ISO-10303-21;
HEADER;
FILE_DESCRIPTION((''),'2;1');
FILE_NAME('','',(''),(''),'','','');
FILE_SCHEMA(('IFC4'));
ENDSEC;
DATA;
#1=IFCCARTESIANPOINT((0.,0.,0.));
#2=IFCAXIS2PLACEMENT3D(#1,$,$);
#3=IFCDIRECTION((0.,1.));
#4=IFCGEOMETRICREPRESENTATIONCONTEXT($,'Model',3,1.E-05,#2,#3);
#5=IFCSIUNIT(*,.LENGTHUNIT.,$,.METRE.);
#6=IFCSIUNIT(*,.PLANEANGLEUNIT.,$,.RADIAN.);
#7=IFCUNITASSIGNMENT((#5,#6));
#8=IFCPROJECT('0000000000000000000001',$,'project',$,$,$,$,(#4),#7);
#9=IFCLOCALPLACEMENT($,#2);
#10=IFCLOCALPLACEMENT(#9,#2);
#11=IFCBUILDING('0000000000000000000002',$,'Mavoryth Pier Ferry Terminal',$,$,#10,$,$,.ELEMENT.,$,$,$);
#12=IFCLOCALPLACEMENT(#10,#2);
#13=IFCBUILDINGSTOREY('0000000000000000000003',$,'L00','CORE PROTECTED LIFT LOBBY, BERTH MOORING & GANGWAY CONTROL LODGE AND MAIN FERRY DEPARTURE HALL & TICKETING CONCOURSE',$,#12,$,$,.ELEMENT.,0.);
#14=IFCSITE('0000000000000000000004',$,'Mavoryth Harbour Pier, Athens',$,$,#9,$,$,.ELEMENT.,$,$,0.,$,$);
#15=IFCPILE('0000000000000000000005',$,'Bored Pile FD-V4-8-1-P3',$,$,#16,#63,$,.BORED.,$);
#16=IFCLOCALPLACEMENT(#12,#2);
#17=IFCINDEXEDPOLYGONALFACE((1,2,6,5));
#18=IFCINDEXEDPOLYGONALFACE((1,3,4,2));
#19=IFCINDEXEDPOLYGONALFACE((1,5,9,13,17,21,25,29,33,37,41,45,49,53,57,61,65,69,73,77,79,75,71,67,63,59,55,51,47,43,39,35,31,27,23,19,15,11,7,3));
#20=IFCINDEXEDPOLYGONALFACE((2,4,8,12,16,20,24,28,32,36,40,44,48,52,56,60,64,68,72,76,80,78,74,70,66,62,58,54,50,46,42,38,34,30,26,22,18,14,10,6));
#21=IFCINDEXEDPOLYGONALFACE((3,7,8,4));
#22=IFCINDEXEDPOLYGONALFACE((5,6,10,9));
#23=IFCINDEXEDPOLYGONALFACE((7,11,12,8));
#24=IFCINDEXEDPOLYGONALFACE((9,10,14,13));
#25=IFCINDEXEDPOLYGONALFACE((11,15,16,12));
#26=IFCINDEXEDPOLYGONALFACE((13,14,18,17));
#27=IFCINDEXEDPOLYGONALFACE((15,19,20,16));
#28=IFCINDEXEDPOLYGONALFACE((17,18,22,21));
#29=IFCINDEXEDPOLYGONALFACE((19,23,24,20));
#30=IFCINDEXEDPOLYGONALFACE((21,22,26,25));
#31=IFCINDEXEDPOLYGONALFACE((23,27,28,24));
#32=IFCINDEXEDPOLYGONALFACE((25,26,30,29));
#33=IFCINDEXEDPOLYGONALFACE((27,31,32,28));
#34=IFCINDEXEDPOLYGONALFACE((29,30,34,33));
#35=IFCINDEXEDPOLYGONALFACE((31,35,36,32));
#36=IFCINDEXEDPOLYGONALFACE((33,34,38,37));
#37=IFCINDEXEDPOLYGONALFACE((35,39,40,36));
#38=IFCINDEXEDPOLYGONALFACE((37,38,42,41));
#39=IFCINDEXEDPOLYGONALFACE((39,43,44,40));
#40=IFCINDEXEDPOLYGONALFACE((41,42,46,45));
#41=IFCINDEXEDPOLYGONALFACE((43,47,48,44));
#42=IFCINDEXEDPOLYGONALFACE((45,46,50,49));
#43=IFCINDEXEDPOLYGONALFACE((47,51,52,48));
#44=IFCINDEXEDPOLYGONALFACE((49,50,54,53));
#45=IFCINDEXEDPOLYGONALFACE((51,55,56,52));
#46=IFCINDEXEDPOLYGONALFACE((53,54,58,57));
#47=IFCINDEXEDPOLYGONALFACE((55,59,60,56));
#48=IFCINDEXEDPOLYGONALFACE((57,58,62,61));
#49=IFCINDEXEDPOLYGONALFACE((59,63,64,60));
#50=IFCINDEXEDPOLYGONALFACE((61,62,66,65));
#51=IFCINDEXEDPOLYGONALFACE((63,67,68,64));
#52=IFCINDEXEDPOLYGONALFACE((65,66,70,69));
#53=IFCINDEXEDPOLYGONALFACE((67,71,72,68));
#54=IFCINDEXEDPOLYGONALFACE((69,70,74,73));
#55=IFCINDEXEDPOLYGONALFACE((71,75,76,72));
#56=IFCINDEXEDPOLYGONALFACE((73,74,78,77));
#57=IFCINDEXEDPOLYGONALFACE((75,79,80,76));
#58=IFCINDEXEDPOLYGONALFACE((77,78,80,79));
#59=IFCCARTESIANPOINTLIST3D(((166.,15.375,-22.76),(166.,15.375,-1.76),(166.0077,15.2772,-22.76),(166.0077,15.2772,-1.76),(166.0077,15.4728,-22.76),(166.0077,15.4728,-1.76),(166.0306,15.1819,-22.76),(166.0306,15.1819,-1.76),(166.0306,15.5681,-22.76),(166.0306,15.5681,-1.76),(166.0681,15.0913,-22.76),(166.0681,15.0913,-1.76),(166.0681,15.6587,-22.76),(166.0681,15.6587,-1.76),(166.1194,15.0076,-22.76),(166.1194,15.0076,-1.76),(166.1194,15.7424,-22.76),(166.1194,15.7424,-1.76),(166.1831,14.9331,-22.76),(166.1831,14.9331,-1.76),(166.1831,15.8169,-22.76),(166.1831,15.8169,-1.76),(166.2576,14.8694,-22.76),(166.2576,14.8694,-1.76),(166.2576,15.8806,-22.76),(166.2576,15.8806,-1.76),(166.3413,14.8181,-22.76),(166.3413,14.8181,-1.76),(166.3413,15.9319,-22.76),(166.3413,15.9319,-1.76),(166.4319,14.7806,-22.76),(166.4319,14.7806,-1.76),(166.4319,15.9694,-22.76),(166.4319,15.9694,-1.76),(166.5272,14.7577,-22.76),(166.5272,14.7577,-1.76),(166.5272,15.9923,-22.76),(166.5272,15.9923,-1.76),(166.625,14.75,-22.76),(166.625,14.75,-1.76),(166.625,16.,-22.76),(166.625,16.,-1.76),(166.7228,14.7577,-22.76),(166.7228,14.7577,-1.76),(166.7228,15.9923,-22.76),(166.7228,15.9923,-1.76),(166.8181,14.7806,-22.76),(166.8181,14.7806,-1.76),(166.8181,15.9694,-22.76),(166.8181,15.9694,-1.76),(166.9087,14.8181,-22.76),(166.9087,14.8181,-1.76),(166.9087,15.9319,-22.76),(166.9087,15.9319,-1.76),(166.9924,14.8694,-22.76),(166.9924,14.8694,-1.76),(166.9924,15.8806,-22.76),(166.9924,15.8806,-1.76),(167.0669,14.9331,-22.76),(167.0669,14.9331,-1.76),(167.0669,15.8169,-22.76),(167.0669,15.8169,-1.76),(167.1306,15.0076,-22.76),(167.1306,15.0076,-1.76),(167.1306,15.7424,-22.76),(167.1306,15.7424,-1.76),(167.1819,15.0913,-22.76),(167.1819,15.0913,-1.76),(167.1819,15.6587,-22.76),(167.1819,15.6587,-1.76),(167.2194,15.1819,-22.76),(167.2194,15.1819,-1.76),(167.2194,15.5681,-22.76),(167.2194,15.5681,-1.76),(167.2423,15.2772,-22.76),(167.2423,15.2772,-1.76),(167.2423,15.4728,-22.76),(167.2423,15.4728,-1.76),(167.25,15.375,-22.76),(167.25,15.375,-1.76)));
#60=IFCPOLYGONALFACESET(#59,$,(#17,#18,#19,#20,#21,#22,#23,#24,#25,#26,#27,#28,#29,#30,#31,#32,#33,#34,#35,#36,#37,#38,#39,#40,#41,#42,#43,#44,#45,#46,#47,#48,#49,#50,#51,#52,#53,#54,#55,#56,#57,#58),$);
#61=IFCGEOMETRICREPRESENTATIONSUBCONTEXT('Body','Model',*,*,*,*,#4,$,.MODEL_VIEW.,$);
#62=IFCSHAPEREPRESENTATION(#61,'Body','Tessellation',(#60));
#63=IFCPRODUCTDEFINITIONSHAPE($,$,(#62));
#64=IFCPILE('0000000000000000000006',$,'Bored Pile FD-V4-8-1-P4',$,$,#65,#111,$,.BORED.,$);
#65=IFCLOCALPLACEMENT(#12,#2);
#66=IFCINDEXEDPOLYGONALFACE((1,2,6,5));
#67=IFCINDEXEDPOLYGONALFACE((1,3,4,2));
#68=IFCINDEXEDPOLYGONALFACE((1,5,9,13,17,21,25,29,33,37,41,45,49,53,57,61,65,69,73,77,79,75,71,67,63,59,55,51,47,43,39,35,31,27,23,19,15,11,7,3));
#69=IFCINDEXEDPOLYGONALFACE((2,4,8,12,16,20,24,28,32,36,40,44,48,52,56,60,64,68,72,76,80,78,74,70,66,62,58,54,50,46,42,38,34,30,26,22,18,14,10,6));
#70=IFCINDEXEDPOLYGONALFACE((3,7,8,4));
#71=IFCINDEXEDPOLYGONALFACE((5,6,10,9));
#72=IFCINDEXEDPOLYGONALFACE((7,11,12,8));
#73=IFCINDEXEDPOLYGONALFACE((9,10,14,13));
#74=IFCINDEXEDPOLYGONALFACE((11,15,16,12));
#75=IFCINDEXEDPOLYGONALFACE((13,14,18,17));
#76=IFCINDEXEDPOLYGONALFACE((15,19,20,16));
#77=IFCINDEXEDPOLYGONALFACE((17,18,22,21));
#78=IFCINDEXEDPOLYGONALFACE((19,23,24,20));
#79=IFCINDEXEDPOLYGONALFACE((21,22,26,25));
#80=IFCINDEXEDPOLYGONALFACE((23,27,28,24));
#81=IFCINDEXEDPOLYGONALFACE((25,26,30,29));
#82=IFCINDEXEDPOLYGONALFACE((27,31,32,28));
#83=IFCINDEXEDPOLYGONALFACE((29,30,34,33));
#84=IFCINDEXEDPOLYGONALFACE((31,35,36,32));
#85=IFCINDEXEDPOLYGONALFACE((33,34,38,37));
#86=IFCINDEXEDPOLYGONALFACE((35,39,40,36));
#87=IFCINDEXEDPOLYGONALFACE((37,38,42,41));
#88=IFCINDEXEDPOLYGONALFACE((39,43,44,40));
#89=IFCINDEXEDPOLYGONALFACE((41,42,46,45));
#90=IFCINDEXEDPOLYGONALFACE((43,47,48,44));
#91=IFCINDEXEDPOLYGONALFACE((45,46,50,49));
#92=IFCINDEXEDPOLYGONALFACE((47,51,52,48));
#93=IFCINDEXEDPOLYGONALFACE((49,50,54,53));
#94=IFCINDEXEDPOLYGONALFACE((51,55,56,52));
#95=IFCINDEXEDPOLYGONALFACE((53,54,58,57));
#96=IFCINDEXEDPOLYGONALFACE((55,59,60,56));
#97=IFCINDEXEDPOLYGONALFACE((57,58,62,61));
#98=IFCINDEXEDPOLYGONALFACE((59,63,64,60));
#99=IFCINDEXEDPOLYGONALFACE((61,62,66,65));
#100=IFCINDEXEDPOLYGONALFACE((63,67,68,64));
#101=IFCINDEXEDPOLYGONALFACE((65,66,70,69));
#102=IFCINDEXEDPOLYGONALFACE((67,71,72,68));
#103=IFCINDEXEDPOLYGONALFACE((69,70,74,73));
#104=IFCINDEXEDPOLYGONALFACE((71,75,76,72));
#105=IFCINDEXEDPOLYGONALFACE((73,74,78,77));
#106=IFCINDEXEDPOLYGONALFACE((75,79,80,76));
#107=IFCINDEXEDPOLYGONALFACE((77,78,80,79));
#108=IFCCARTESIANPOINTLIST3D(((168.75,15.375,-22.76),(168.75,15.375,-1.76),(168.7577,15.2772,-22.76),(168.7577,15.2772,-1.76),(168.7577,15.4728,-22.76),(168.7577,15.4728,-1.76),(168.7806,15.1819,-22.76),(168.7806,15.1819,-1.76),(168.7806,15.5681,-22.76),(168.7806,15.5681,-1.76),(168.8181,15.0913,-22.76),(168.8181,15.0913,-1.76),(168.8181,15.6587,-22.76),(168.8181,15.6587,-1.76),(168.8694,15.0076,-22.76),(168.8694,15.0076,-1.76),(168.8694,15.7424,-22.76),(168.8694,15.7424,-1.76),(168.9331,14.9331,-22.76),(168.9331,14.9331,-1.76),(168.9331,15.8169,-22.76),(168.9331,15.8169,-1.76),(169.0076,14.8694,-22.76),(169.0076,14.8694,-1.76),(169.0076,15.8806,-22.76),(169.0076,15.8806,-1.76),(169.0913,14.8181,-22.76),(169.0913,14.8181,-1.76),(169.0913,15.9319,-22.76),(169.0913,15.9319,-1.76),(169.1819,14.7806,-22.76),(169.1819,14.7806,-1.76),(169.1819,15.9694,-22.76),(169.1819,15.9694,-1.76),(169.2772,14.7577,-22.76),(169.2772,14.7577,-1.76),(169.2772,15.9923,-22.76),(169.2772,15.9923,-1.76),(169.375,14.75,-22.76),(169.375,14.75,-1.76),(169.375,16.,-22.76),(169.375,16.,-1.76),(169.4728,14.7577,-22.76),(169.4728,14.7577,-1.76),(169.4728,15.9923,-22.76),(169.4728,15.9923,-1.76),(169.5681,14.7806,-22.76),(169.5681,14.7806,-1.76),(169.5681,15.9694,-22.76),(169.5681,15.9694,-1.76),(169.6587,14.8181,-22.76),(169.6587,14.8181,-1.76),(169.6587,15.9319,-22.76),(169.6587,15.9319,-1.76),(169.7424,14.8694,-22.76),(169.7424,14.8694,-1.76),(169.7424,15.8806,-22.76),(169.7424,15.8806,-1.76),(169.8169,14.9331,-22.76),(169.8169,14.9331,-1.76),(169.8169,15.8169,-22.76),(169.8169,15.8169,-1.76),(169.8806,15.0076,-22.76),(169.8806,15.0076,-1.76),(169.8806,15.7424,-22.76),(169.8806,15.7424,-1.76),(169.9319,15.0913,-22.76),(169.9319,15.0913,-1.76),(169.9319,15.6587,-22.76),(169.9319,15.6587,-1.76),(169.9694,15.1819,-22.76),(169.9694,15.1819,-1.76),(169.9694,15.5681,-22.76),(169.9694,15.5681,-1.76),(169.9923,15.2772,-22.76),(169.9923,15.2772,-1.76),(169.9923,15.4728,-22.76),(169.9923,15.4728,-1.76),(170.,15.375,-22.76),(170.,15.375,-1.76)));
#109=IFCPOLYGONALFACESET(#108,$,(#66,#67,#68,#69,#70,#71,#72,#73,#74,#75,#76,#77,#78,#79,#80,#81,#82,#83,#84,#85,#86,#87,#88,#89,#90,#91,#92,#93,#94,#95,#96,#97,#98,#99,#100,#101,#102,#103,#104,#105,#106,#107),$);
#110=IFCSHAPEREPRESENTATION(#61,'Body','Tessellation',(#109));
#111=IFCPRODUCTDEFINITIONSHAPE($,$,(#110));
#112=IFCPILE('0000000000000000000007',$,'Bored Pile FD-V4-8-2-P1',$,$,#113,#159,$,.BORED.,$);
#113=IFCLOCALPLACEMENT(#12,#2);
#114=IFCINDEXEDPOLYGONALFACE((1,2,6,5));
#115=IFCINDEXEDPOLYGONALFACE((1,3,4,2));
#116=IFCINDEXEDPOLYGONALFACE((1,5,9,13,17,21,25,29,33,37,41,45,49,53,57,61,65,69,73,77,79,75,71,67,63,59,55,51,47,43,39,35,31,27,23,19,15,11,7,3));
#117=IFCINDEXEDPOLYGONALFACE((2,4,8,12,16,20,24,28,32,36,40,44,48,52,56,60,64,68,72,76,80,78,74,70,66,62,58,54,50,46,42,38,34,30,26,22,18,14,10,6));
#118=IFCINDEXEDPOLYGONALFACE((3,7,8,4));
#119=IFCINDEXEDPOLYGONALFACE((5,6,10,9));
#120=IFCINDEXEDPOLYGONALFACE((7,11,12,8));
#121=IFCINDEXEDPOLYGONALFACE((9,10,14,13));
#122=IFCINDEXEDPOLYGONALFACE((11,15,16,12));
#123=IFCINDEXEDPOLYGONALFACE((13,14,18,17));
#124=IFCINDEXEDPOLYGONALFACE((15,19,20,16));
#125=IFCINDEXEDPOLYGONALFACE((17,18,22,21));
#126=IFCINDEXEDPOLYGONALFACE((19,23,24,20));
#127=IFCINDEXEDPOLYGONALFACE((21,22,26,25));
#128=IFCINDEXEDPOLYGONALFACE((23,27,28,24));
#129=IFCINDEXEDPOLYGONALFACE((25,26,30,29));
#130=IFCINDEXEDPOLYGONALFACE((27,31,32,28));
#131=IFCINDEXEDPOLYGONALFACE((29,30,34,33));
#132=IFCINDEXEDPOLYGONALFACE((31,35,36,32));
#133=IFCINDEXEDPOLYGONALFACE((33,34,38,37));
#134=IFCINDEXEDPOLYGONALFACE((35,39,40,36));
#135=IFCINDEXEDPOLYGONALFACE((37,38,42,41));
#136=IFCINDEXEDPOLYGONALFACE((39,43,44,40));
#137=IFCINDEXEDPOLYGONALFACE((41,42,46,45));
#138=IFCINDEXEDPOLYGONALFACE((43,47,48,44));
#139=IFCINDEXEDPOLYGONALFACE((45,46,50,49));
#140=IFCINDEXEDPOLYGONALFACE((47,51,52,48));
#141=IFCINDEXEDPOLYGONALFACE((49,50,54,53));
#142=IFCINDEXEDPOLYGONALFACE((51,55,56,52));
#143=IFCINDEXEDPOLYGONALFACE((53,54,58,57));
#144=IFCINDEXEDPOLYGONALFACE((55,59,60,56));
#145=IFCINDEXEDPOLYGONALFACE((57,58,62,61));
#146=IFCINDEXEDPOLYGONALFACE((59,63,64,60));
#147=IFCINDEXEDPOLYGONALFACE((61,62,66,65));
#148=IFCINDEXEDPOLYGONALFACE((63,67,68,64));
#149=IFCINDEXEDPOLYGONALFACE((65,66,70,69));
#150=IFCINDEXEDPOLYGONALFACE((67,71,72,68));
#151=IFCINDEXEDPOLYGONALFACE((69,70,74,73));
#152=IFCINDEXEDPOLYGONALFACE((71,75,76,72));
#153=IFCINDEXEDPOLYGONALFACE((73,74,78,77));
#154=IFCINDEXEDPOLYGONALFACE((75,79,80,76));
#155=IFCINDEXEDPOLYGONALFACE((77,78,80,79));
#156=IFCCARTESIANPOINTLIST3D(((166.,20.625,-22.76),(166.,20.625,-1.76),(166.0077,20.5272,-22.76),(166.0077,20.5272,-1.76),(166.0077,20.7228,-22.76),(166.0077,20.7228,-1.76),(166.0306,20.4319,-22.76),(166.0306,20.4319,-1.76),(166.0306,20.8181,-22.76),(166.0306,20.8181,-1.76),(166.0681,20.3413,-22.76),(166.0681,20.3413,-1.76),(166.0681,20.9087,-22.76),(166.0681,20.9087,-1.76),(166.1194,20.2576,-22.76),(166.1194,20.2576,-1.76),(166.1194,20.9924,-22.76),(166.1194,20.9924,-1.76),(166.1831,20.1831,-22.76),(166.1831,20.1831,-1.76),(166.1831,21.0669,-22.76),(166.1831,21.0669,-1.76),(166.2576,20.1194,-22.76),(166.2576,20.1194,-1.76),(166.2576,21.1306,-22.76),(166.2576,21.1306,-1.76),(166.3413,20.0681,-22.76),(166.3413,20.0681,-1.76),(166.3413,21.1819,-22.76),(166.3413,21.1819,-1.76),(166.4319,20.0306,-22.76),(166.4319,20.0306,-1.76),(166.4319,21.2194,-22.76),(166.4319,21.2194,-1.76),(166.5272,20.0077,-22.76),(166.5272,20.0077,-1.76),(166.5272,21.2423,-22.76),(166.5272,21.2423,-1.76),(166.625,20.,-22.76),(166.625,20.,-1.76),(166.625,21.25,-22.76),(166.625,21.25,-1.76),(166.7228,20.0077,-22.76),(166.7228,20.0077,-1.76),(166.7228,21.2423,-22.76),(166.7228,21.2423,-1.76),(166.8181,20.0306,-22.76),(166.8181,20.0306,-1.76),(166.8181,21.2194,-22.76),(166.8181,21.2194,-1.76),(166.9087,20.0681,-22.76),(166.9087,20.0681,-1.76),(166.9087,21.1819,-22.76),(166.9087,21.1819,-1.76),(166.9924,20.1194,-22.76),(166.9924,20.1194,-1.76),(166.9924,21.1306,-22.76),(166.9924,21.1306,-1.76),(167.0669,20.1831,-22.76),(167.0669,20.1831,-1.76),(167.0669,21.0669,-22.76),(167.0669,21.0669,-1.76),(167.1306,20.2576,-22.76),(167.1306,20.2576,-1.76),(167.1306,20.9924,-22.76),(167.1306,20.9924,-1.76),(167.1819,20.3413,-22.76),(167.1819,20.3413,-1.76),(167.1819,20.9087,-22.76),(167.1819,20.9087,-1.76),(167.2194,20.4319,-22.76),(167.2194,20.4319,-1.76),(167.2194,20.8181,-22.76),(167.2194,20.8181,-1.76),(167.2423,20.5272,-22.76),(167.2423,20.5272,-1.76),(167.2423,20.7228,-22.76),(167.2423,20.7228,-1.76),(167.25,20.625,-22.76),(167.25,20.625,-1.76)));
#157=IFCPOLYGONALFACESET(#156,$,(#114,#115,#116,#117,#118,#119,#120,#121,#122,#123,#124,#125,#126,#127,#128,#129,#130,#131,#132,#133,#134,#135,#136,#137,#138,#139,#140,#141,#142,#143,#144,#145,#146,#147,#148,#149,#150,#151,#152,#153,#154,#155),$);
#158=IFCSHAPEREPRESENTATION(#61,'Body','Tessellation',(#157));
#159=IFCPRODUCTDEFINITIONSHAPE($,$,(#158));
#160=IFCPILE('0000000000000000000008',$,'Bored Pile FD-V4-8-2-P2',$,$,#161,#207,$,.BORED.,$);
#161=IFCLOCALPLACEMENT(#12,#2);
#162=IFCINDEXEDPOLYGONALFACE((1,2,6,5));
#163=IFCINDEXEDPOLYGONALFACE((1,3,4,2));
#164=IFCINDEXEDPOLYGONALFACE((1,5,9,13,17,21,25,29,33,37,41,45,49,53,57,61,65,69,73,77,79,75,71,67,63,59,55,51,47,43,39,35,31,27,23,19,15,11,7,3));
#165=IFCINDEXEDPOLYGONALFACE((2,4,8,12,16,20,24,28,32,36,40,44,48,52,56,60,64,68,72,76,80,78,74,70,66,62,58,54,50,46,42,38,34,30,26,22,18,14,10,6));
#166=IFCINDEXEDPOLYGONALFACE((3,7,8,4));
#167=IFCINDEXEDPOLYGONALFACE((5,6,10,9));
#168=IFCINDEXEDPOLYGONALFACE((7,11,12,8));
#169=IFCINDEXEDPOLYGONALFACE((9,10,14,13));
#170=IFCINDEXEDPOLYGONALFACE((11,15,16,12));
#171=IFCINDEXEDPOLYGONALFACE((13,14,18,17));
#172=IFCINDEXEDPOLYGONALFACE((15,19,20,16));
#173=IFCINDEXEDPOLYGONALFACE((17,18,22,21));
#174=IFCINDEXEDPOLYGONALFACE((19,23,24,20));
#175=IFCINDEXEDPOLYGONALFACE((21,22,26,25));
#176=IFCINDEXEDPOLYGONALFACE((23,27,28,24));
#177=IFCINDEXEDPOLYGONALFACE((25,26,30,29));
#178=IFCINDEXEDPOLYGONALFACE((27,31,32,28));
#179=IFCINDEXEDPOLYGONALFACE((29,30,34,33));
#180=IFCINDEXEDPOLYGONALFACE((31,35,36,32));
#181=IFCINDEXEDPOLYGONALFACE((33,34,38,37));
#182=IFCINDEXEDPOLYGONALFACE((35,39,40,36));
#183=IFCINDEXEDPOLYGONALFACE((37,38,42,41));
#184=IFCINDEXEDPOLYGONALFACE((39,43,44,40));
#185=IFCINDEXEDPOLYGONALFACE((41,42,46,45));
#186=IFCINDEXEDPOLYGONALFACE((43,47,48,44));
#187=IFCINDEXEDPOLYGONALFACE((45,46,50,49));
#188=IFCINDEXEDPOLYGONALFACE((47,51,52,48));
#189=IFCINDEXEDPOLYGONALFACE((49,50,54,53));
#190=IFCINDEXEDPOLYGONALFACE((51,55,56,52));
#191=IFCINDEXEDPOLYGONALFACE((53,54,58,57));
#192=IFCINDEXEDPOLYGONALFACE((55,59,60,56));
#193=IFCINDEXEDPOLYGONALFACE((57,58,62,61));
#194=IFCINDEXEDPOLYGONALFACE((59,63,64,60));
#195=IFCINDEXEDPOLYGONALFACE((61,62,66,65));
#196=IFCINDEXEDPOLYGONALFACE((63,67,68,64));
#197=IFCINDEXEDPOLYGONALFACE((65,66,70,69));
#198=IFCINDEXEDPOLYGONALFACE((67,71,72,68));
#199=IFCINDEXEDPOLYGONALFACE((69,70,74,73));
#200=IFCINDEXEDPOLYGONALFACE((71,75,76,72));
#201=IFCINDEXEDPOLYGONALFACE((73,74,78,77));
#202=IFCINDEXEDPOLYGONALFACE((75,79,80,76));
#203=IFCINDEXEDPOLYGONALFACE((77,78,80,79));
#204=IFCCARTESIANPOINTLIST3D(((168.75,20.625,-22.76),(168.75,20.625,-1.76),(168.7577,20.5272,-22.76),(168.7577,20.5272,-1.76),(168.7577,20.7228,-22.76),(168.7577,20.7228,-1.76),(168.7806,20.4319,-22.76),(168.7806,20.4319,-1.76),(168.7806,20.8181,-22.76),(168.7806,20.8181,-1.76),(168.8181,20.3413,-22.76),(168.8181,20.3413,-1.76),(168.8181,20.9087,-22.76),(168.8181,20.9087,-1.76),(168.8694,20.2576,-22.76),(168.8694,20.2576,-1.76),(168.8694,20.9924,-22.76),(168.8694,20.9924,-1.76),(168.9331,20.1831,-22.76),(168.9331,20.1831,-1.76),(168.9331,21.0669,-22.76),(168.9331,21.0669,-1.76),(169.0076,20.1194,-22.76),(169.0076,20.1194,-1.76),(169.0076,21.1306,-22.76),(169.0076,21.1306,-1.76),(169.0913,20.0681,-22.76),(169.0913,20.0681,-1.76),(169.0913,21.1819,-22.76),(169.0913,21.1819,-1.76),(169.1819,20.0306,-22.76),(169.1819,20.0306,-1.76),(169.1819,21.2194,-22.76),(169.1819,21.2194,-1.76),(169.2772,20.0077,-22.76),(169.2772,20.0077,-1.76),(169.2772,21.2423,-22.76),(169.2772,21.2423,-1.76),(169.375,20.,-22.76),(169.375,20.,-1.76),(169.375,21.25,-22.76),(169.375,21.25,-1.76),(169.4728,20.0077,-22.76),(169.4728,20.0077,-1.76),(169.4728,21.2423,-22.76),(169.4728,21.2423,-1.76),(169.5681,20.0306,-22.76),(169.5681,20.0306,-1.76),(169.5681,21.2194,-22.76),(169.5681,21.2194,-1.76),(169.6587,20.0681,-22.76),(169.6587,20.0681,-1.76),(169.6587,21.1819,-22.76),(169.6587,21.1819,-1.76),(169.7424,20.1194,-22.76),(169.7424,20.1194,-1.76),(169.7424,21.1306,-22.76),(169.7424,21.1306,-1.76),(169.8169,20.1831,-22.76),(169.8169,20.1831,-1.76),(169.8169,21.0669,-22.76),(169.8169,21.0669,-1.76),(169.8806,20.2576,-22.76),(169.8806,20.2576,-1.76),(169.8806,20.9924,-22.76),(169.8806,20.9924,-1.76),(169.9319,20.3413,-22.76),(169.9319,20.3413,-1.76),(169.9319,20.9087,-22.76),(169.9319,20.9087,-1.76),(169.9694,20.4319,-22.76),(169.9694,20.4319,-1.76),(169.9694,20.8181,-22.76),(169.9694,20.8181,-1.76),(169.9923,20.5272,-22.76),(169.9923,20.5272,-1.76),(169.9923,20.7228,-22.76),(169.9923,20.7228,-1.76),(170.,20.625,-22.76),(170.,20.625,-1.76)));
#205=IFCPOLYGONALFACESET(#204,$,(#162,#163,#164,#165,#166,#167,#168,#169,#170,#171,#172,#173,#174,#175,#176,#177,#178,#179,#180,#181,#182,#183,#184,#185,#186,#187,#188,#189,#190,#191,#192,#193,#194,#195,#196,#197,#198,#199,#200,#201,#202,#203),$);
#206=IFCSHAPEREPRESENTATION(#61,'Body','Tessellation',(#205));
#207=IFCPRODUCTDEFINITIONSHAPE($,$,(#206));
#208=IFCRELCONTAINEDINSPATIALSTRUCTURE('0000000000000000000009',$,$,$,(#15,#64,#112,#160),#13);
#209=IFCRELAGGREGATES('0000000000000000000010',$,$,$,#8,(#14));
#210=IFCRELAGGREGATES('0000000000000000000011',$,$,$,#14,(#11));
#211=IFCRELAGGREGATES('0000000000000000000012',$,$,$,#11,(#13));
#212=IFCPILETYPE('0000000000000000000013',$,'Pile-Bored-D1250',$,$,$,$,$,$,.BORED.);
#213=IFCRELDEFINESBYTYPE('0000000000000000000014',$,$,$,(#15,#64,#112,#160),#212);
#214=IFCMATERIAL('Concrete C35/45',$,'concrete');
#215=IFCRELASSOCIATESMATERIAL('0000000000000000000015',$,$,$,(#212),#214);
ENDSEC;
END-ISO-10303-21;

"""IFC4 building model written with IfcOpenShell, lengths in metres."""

from ifc_helpers import new_model, si_unit, direction, frame, origin, origin_2d, place, context, subcontext, project, spatial, circle, extrude, material, material_profile, profile_set, type_object, element, save


model = new_model("IFC4")

# Units and contexts
model_context = context("Model", 3, precision=1e-05, world=origin(), true_north=direction((0.0, 1.0)))
body_context = subcontext(model_context, "Body", "Model", "MODEL_VIEW")
ifc_project = project(units=[si_unit("LENGTHUNIT", "METRE"), si_unit("PLANEANGLEUNIT", "RADIAN")], contexts=[model_context])

# Site, building, storey
site_placement = place(None, origin())
site = spatial("IfcSite", under=ifc_project, at=site_placement, Name="Mavoryth Harbour Pier, Athens", CompositionType="ELEMENT", RefElevation=0.0)
building_placement = place(site_placement, origin())
building = spatial("IfcBuilding", under=site, at=building_placement, Name="Mavoryth Pier Ferry Terminal", CompositionType="ELEMENT")
storey_placement = place(building_placement, origin())
storey = spatial("IfcBuildingStorey", under=building, at=storey_placement, Name="L00", Description="CORE PROTECTED LIFT LOBBY, BERTH MOORING & GANGWAY CONTROL LODGE AND MAIN FERRY DEPARTURE HALL & TICKETING CONCOURSE", CompositionType="ELEMENT", Elevation=0.0)

# Shared definitions
ifc_material_1 = material(Name="Concrete C35/45", Category="concrete")

# Piles
ifc_material_profile_1 = material_profile(ifc_material_1, circle(Radius=0.625, at=origin_2d()), Name="PILE D1250", Category="concrete")
ifc_profile_set_1 = profile_set([ifc_material_profile_1], Name="Concrete C35/45 - PILE D1250")
pile_type = type_object("IfcPileType", Name="Pile-Bored-D1250", PredefinedType="BORED", material=ifc_profile_set_1)
for number, where, z_axis, x_axis, name in (
    (1, (166.625, 15.375, -1.76), (0.0, 0.0, -1.0), (1.0, 0.0, 0.0), "Bored Pile FD-V4-8-1-P3"),
    (2, (169.375, 15.375, -1.76), (0.0, 0.0, -1.0), (1.0, 0.0, 0.0), "Bored Pile FD-V4-8-1-P4"),
    (3, (166.625, 20.625, -1.76), (0.0, 0.0, -1.0), (1.0, 0.0, 0.0), "Bored Pile FD-V4-8-2-P1"),
    (4, (169.375, 20.625, -1.76), (0.0, 0.0, -1.0), (1.0, 0.0, 0.0), "Bored Pile FD-V4-8-2-P2"),
):
    element("IfcPile", number, at=place(storey_placement, frame(where, z_axis=z_axis, x_axis=x_axis)), inside=storey, type_object=pile_type, Name=name, PredefinedType="BORED", context=body_context, shape_type="SweptSolid", body=[
        extrude(circle(Radius=0.625, at=origin_2d()), origin(), (0.0, 0.0, 1.0), 21.0),
    ])

save(model, "model.ifc")
